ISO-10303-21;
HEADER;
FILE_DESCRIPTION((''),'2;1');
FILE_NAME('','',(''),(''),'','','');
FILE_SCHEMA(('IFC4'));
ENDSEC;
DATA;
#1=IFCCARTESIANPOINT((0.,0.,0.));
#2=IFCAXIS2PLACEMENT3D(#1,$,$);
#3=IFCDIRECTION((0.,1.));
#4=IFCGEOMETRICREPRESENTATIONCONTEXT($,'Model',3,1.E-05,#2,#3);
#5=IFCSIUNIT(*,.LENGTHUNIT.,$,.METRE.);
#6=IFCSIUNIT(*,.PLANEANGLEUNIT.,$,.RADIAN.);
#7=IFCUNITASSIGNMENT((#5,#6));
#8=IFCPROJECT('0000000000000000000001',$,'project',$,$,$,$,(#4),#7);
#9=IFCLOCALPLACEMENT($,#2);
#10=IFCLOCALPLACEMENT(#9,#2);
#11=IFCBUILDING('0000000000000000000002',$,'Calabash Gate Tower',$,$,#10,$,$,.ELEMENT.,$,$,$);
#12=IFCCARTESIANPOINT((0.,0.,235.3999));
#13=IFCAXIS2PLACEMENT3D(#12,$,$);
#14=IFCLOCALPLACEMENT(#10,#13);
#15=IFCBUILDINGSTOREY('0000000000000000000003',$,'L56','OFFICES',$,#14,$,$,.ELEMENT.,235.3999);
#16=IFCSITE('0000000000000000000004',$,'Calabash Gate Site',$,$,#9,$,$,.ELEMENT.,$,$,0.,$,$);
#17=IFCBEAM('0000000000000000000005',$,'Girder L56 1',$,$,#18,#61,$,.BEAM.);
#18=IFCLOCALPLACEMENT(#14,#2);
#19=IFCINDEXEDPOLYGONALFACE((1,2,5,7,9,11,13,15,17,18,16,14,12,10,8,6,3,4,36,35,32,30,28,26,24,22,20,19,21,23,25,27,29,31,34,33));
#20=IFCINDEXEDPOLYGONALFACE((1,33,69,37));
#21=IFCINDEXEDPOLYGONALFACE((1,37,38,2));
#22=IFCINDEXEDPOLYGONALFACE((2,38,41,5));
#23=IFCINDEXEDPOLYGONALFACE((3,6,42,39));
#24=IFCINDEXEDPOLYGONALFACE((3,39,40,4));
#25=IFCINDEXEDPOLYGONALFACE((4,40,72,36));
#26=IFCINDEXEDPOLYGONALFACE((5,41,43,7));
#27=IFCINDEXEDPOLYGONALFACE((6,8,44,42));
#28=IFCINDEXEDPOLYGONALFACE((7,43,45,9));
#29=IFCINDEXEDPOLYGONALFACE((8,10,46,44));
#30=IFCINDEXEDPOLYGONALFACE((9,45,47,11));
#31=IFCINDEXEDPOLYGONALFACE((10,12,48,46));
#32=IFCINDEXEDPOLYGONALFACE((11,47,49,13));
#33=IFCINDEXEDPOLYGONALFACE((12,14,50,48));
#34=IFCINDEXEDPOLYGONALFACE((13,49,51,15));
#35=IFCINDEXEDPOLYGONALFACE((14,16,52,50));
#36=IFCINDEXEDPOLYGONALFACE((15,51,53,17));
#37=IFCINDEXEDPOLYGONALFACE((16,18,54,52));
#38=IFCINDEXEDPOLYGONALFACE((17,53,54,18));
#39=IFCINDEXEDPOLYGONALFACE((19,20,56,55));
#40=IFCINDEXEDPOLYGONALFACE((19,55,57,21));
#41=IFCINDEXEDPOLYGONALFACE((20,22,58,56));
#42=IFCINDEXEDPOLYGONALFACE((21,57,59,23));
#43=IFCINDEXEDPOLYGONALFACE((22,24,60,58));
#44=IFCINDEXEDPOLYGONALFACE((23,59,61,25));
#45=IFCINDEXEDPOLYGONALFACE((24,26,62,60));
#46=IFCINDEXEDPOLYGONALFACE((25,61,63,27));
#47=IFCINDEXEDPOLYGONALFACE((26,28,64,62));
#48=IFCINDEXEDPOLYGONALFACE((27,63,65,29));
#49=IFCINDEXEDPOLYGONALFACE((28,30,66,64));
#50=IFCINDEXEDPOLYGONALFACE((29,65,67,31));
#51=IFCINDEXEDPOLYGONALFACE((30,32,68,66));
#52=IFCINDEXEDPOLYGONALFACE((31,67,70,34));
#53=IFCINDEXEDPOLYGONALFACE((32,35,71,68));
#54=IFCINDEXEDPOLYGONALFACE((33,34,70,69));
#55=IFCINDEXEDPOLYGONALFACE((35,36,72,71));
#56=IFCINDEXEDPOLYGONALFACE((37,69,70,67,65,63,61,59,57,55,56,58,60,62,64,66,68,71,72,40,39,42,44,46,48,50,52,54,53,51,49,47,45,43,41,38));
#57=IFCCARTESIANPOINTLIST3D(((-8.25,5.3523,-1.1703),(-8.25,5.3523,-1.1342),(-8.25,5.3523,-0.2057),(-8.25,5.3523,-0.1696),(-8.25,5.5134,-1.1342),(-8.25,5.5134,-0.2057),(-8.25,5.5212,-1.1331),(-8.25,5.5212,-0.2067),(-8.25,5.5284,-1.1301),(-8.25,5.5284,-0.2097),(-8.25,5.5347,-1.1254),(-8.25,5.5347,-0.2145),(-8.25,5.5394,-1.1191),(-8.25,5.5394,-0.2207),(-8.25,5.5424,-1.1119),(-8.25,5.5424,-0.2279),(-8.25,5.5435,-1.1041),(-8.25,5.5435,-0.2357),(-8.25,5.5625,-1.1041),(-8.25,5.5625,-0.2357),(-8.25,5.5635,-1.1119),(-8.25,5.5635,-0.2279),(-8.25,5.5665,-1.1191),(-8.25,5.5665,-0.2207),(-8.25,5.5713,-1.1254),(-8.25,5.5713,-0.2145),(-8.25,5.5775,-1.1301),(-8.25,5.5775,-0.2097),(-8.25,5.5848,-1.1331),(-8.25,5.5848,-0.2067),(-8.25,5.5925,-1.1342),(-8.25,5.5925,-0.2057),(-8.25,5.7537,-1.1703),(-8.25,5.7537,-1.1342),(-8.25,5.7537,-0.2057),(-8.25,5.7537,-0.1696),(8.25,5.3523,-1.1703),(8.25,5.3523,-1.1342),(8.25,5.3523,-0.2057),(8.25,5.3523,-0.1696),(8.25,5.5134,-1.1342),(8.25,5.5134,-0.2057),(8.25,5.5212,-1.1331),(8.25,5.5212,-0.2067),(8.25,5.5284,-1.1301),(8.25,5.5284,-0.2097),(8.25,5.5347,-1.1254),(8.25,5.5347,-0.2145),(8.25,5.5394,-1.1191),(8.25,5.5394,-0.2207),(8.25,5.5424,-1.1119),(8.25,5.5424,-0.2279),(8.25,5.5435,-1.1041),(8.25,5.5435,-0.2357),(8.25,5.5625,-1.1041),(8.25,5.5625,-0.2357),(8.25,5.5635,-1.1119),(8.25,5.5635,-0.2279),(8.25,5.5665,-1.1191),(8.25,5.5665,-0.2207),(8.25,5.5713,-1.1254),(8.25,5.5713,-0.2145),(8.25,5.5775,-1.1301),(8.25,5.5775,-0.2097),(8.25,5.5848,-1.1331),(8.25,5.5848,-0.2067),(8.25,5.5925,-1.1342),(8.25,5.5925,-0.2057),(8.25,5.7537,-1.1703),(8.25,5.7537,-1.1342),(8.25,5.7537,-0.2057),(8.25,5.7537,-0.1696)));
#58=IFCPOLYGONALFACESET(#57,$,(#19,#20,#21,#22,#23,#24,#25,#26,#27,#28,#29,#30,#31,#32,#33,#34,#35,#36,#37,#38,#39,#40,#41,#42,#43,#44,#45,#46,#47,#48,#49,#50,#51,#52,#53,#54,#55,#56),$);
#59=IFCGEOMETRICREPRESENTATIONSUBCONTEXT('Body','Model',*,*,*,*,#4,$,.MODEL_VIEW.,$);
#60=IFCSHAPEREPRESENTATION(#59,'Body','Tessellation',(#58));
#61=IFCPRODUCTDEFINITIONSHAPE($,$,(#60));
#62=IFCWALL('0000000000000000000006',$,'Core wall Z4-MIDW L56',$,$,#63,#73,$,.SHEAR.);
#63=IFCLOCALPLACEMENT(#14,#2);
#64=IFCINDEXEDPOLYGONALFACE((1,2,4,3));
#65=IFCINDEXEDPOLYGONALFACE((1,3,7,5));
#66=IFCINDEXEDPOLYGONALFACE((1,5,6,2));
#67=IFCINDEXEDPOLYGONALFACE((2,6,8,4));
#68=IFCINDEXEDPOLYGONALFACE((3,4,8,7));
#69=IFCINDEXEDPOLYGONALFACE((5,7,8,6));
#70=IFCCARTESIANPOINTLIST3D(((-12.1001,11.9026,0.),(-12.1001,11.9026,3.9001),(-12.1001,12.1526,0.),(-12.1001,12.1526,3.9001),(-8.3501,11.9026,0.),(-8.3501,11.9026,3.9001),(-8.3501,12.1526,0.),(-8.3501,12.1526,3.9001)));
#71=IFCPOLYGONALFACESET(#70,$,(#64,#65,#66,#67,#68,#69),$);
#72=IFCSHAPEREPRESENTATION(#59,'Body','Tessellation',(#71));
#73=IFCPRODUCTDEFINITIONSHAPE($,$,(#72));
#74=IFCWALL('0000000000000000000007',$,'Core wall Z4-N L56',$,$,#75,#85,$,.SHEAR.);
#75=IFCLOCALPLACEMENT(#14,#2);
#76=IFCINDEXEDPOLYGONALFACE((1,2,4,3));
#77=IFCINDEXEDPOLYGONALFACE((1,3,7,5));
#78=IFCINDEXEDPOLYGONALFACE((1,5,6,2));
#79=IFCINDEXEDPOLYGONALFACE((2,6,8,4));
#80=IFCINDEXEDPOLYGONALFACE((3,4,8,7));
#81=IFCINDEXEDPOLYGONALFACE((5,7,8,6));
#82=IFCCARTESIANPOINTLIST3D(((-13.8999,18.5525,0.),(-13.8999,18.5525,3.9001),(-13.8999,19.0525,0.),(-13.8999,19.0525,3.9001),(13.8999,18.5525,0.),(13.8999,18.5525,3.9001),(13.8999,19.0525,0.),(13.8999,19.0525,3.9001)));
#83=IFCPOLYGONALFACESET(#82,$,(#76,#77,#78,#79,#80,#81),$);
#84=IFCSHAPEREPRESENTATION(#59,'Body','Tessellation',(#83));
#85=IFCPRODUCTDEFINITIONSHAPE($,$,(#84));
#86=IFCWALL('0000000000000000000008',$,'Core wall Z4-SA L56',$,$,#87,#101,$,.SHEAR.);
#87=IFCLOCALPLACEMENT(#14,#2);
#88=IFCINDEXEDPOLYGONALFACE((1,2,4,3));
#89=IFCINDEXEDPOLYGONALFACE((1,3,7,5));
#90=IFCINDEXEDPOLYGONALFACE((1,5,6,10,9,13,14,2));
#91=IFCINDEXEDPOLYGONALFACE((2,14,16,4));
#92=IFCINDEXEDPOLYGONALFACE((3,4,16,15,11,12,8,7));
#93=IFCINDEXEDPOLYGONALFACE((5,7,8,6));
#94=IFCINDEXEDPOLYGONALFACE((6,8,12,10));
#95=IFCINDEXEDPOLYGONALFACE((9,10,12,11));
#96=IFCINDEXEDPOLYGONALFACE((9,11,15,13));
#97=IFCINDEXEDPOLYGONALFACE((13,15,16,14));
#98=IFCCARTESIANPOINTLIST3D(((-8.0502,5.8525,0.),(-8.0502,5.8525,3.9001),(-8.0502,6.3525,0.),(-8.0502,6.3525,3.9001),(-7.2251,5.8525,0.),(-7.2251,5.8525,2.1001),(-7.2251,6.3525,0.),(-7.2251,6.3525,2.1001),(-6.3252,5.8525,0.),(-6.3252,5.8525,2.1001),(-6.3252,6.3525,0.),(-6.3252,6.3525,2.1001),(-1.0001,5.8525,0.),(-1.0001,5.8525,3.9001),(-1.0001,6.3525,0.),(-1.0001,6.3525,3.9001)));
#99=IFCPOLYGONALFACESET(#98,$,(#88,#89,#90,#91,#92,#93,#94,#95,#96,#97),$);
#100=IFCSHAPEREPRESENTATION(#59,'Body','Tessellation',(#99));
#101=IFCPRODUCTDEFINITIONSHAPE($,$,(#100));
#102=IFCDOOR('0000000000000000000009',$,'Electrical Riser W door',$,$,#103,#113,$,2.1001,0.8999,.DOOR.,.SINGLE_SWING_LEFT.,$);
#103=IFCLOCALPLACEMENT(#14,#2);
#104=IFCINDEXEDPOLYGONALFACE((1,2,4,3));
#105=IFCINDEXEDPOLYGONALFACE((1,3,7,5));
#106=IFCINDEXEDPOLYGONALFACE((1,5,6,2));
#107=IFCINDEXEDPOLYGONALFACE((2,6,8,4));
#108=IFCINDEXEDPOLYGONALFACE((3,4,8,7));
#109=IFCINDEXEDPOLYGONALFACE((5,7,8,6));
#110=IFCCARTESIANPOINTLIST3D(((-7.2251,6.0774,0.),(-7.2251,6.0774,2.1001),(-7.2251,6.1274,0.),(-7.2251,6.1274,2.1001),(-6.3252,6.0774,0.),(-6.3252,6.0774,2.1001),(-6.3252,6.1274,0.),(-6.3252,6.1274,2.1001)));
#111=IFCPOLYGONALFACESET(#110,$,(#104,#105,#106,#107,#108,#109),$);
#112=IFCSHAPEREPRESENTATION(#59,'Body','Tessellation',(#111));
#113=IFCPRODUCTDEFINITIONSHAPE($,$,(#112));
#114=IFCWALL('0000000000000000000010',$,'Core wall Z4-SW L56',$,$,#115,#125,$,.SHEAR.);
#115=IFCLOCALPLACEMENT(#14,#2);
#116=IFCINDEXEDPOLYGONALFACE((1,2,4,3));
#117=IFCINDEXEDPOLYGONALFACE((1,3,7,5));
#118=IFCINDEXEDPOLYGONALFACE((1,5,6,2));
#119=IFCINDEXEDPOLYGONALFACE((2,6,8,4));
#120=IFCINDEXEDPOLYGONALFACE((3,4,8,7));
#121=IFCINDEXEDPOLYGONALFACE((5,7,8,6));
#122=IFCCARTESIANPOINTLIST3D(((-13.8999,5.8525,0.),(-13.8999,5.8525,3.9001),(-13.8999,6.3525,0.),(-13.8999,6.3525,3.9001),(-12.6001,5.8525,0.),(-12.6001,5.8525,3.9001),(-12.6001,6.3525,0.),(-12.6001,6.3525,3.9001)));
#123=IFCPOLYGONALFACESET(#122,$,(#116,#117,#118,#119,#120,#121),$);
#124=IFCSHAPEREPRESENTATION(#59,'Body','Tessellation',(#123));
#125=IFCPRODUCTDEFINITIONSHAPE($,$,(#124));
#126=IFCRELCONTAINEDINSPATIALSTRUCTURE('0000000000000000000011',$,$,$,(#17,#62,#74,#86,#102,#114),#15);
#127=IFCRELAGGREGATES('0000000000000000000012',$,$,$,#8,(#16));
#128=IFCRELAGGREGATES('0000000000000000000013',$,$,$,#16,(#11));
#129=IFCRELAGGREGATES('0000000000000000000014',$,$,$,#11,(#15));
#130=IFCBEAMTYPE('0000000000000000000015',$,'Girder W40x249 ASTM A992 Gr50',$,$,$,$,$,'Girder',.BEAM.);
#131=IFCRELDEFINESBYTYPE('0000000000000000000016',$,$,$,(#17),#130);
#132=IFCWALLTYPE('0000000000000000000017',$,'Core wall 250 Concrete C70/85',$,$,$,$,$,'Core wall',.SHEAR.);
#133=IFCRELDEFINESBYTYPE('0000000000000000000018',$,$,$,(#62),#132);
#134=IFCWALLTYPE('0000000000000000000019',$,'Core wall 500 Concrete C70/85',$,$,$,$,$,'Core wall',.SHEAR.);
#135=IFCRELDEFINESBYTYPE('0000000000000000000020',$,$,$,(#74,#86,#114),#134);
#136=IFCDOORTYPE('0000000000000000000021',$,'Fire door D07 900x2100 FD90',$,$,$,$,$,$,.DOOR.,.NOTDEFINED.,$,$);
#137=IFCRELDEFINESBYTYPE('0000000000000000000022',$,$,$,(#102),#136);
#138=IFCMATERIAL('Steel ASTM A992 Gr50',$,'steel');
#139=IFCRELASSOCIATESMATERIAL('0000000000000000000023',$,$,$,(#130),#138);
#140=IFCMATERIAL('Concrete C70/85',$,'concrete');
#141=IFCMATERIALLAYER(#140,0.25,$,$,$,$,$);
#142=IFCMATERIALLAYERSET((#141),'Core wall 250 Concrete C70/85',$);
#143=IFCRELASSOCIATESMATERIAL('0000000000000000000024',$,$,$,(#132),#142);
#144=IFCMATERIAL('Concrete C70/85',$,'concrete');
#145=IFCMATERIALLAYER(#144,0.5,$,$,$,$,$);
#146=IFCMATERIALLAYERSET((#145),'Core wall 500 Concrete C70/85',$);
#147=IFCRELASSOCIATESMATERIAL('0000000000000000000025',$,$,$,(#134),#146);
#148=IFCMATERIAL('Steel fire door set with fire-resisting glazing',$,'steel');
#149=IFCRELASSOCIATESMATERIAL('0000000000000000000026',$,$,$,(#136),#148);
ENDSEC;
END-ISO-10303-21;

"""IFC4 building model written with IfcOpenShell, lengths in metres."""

from ifc_helpers import new_model, si_unit, direction, frame, frame_2d, origin, origin_2d, place, context, subcontext, project, spatial, rectangle, i_section, extrude, material, layer, layer_set, material_profile, profile_set, type_object, element, fill, save


model = new_model("IFC4")

# Units and contexts
model_context = context("Model", 3, precision=1e-05, world=origin(), true_north=direction((0.0, 1.0)))
body_context = subcontext(model_context, "Body", "Model", "MODEL_VIEW")
ifc_project = project(units=[si_unit("LENGTHUNIT", "METRE"), si_unit("PLANEANGLEUNIT", "RADIAN")], contexts=[model_context])

# Site, building, storey
site_placement = place(None, origin())
site = spatial("IfcSite", under=ifc_project, at=site_placement, Name="Calabash Gate Site", CompositionType="ELEMENT", RefElevation=0.0)
building_placement = place(site_placement, origin())
building = spatial("IfcBuilding", under=site, at=building_placement, Name="Calabash Gate Tower", CompositionType="ELEMENT")
storey_placement = place(building_placement, frame((0.0, 0.0, 235.3999)))
storey = spatial("IfcBuildingStorey", under=building, at=storey_placement, Name="L56", Description="OFFICES", CompositionType="ELEMENT", Elevation=235.3999)

# Beam
ifc_material_1 = material(Name="Steel ASTM A992 Gr50", Category="steel")
ifc_material_profile = material_profile(ifc_material_1, i_section(OverallWidth=0.4014, OverallDepth=1.0007, WebThickness=0.019, FlangeThickness=0.0361, FilletRadius=0.03, at=origin_2d()))
ifc_profile_set = profile_set([ifc_material_profile], Name="Steel ASTM A992 Gr50")
beam_type = type_object("IfcBeamType", Name="Girder W40x249 ASTM A992 Gr50", ElementType="Girder", PredefinedType="BEAM", material=ifc_profile_set)
beam_placement = place(storey_placement, frame((-8.25, 5.553, -0.6699), z_axis=(1.0, 0.0, 0.0), x_axis=(0.0, 1.0, 0.0)))
element("IfcBeam", 1, at=beam_placement, inside=storey, type_object=beam_type, Name="Girder L56 1", PredefinedType="BEAM", context=body_context, shape_type="SweptSolid", body=[
    extrude(i_section(OverallWidth=0.4014, OverallDepth=1.0007, WebThickness=0.019, FlangeThickness=0.0361, FilletRadius=0.03, at=origin_2d()), origin(), (0.0, 0.0, 1.0), 16.5),
])

# Walls
ifc_material_2 = material(Name="Concrete C70/85", Category="concrete")
ifc_layer_1 = layer(ifc_material_2, 0.25)
ifc_layer_set_1 = layer_set([ifc_layer_1], Name="Core wall 250 Concrete C70/85")
wall_type_1 = type_object("IfcWallType", Name="Core wall 250 Concrete C70/85", ElementType="Core wall", PredefinedType="SHEAR", material=ifc_layer_set_1)
wall_1_placement = place(storey_placement, frame((-12.1001, 12.0276, 0.0), z_axis=(0.0, 0.0, 1.0), x_axis=(1.0, 0.0, 0.0)))
element("IfcWall", 2, at=wall_1_placement, inside=storey, type_object=wall_type_1, Name="Core wall Z4-MIDW L56", PredefinedType="SHEAR", context=body_context, shape_type="SweptSolid", body=[
    extrude(rectangle(XDim=3.75, YDim=0.25, at=frame_2d((1.875, 0.0))), origin(), (0.0, 0.0, 1.0), 3.9001),
])
ifc_material_3 = material(Name="Concrete C70/85", Category="concrete")
ifc_layer_2 = layer(ifc_material_3, 0.5)
ifc_layer_set_2 = layer_set([ifc_layer_2], Name="Core wall 500 Concrete C70/85")
wall_type_2 = type_object("IfcWallType", Name="Core wall 500 Concrete C70/85", ElementType="Core wall", PredefinedType="SHEAR", material=ifc_layer_set_2)
wall_2_placement = place(storey_placement, frame((-13.8999, 18.8025, 0.0), z_axis=(0.0, 0.0, 1.0), x_axis=(1.0, 0.0, 0.0)))
element("IfcWall", 3, at=wall_2_placement, inside=storey, type_object=wall_type_2, Name="Core wall Z4-N L56", PredefinedType="SHEAR", context=body_context, shape_type="SweptSolid", body=[
    extrude(rectangle(XDim=27.7998, YDim=0.5, at=frame_2d((13.8999, 0.0))), origin(), (0.0, 0.0, 1.0), 3.9001),
])

# Wall, opening, door
wall_3_placement = place(storey_placement, frame((-8.05, 6.1025, 0.0), z_axis=(0.0, 0.0, 1.0), x_axis=(1.0, 0.0, 0.0)))
wall_3 = element("IfcWall", 4, at=wall_3_placement, inside=storey, type_object=wall_type_2, Name="Core wall Z4-SA L56", PredefinedType="SHEAR", context=body_context, shape_type="SweptSolid", body=[
    extrude(rectangle(XDim=7.05, YDim=0.5, at=frame_2d((3.5249, 0.0))), origin(), (0.0, 0.0, 1.0), 3.9001),
])
opening_1_placement = place(wall_3_placement, frame((0.825, 0.0, 0.0)))
opening_1 = element("IfcOpeningElement", 5, at=opening_1_placement, cuts=wall_3, PredefinedType="OPENING", context=body_context, shape_type="SweptSolid", body=[
    extrude(rectangle(XDim=0.8999, YDim=2.1001, at=frame_2d((0.45, 1.05))), frame((0.0, 0.26, 0.0), z_axis=(0.0, -1.0, 0.0), x_axis=(1.0, 0.0, 0.0)), (0.0, 0.0, 1.0), 0.52),
])
ifc_material_4 = material(Name="Steel fire door set with fire-resisting glazing", Category="steel")
door_type_1 = type_object("IfcDoorType", Name="Fire door D07 900x2100 FD90", OperationType="NOTDEFINED", PredefinedType="DOOR", material=ifc_material_4)
door_1_placement = place(opening_1_placement, origin())
door_1 = element("IfcDoor", 6, at=door_1_placement, inside=storey, type_object=door_type_1, Name="Electrical Riser W door", OperationType="SINGLE_SWING_LEFT", OverallHeight=2.1001, OverallWidth=0.8999, PredefinedType="DOOR", context=body_context, shape_type="SweptSolid", body=[
    extrude(rectangle(XDim=0.8999, YDim=2.1001, at=frame_2d((0.45, 1.05))), frame((0.0, 0.0249, 0.0), z_axis=(0.0, -1.0, 0.0), x_axis=(1.0, 0.0, 0.0)), (0.0, 0.0, 1.0), 0.05),
])
fill(opening_1, door_1)

# Wall
wall_4_placement = place(storey_placement, frame((-12.6001, 6.1025, 0.0), z_axis=(0.0, 0.0, 1.0), x_axis=(-1.0, 0.0, 0.0)))
element("IfcWall", 7, at=wall_4_placement, inside=storey, type_object=wall_type_2, Name="Core wall Z4-SW L56", PredefinedType="SHEAR", context=body_context, shape_type="SweptSolid", body=[
    extrude(rectangle(XDim=1.2998, YDim=0.5, at=frame_2d((0.6499, 0.0))), origin(), (0.0, 0.0, 1.0), 3.9001),
])

save(model, "model.ifc")
